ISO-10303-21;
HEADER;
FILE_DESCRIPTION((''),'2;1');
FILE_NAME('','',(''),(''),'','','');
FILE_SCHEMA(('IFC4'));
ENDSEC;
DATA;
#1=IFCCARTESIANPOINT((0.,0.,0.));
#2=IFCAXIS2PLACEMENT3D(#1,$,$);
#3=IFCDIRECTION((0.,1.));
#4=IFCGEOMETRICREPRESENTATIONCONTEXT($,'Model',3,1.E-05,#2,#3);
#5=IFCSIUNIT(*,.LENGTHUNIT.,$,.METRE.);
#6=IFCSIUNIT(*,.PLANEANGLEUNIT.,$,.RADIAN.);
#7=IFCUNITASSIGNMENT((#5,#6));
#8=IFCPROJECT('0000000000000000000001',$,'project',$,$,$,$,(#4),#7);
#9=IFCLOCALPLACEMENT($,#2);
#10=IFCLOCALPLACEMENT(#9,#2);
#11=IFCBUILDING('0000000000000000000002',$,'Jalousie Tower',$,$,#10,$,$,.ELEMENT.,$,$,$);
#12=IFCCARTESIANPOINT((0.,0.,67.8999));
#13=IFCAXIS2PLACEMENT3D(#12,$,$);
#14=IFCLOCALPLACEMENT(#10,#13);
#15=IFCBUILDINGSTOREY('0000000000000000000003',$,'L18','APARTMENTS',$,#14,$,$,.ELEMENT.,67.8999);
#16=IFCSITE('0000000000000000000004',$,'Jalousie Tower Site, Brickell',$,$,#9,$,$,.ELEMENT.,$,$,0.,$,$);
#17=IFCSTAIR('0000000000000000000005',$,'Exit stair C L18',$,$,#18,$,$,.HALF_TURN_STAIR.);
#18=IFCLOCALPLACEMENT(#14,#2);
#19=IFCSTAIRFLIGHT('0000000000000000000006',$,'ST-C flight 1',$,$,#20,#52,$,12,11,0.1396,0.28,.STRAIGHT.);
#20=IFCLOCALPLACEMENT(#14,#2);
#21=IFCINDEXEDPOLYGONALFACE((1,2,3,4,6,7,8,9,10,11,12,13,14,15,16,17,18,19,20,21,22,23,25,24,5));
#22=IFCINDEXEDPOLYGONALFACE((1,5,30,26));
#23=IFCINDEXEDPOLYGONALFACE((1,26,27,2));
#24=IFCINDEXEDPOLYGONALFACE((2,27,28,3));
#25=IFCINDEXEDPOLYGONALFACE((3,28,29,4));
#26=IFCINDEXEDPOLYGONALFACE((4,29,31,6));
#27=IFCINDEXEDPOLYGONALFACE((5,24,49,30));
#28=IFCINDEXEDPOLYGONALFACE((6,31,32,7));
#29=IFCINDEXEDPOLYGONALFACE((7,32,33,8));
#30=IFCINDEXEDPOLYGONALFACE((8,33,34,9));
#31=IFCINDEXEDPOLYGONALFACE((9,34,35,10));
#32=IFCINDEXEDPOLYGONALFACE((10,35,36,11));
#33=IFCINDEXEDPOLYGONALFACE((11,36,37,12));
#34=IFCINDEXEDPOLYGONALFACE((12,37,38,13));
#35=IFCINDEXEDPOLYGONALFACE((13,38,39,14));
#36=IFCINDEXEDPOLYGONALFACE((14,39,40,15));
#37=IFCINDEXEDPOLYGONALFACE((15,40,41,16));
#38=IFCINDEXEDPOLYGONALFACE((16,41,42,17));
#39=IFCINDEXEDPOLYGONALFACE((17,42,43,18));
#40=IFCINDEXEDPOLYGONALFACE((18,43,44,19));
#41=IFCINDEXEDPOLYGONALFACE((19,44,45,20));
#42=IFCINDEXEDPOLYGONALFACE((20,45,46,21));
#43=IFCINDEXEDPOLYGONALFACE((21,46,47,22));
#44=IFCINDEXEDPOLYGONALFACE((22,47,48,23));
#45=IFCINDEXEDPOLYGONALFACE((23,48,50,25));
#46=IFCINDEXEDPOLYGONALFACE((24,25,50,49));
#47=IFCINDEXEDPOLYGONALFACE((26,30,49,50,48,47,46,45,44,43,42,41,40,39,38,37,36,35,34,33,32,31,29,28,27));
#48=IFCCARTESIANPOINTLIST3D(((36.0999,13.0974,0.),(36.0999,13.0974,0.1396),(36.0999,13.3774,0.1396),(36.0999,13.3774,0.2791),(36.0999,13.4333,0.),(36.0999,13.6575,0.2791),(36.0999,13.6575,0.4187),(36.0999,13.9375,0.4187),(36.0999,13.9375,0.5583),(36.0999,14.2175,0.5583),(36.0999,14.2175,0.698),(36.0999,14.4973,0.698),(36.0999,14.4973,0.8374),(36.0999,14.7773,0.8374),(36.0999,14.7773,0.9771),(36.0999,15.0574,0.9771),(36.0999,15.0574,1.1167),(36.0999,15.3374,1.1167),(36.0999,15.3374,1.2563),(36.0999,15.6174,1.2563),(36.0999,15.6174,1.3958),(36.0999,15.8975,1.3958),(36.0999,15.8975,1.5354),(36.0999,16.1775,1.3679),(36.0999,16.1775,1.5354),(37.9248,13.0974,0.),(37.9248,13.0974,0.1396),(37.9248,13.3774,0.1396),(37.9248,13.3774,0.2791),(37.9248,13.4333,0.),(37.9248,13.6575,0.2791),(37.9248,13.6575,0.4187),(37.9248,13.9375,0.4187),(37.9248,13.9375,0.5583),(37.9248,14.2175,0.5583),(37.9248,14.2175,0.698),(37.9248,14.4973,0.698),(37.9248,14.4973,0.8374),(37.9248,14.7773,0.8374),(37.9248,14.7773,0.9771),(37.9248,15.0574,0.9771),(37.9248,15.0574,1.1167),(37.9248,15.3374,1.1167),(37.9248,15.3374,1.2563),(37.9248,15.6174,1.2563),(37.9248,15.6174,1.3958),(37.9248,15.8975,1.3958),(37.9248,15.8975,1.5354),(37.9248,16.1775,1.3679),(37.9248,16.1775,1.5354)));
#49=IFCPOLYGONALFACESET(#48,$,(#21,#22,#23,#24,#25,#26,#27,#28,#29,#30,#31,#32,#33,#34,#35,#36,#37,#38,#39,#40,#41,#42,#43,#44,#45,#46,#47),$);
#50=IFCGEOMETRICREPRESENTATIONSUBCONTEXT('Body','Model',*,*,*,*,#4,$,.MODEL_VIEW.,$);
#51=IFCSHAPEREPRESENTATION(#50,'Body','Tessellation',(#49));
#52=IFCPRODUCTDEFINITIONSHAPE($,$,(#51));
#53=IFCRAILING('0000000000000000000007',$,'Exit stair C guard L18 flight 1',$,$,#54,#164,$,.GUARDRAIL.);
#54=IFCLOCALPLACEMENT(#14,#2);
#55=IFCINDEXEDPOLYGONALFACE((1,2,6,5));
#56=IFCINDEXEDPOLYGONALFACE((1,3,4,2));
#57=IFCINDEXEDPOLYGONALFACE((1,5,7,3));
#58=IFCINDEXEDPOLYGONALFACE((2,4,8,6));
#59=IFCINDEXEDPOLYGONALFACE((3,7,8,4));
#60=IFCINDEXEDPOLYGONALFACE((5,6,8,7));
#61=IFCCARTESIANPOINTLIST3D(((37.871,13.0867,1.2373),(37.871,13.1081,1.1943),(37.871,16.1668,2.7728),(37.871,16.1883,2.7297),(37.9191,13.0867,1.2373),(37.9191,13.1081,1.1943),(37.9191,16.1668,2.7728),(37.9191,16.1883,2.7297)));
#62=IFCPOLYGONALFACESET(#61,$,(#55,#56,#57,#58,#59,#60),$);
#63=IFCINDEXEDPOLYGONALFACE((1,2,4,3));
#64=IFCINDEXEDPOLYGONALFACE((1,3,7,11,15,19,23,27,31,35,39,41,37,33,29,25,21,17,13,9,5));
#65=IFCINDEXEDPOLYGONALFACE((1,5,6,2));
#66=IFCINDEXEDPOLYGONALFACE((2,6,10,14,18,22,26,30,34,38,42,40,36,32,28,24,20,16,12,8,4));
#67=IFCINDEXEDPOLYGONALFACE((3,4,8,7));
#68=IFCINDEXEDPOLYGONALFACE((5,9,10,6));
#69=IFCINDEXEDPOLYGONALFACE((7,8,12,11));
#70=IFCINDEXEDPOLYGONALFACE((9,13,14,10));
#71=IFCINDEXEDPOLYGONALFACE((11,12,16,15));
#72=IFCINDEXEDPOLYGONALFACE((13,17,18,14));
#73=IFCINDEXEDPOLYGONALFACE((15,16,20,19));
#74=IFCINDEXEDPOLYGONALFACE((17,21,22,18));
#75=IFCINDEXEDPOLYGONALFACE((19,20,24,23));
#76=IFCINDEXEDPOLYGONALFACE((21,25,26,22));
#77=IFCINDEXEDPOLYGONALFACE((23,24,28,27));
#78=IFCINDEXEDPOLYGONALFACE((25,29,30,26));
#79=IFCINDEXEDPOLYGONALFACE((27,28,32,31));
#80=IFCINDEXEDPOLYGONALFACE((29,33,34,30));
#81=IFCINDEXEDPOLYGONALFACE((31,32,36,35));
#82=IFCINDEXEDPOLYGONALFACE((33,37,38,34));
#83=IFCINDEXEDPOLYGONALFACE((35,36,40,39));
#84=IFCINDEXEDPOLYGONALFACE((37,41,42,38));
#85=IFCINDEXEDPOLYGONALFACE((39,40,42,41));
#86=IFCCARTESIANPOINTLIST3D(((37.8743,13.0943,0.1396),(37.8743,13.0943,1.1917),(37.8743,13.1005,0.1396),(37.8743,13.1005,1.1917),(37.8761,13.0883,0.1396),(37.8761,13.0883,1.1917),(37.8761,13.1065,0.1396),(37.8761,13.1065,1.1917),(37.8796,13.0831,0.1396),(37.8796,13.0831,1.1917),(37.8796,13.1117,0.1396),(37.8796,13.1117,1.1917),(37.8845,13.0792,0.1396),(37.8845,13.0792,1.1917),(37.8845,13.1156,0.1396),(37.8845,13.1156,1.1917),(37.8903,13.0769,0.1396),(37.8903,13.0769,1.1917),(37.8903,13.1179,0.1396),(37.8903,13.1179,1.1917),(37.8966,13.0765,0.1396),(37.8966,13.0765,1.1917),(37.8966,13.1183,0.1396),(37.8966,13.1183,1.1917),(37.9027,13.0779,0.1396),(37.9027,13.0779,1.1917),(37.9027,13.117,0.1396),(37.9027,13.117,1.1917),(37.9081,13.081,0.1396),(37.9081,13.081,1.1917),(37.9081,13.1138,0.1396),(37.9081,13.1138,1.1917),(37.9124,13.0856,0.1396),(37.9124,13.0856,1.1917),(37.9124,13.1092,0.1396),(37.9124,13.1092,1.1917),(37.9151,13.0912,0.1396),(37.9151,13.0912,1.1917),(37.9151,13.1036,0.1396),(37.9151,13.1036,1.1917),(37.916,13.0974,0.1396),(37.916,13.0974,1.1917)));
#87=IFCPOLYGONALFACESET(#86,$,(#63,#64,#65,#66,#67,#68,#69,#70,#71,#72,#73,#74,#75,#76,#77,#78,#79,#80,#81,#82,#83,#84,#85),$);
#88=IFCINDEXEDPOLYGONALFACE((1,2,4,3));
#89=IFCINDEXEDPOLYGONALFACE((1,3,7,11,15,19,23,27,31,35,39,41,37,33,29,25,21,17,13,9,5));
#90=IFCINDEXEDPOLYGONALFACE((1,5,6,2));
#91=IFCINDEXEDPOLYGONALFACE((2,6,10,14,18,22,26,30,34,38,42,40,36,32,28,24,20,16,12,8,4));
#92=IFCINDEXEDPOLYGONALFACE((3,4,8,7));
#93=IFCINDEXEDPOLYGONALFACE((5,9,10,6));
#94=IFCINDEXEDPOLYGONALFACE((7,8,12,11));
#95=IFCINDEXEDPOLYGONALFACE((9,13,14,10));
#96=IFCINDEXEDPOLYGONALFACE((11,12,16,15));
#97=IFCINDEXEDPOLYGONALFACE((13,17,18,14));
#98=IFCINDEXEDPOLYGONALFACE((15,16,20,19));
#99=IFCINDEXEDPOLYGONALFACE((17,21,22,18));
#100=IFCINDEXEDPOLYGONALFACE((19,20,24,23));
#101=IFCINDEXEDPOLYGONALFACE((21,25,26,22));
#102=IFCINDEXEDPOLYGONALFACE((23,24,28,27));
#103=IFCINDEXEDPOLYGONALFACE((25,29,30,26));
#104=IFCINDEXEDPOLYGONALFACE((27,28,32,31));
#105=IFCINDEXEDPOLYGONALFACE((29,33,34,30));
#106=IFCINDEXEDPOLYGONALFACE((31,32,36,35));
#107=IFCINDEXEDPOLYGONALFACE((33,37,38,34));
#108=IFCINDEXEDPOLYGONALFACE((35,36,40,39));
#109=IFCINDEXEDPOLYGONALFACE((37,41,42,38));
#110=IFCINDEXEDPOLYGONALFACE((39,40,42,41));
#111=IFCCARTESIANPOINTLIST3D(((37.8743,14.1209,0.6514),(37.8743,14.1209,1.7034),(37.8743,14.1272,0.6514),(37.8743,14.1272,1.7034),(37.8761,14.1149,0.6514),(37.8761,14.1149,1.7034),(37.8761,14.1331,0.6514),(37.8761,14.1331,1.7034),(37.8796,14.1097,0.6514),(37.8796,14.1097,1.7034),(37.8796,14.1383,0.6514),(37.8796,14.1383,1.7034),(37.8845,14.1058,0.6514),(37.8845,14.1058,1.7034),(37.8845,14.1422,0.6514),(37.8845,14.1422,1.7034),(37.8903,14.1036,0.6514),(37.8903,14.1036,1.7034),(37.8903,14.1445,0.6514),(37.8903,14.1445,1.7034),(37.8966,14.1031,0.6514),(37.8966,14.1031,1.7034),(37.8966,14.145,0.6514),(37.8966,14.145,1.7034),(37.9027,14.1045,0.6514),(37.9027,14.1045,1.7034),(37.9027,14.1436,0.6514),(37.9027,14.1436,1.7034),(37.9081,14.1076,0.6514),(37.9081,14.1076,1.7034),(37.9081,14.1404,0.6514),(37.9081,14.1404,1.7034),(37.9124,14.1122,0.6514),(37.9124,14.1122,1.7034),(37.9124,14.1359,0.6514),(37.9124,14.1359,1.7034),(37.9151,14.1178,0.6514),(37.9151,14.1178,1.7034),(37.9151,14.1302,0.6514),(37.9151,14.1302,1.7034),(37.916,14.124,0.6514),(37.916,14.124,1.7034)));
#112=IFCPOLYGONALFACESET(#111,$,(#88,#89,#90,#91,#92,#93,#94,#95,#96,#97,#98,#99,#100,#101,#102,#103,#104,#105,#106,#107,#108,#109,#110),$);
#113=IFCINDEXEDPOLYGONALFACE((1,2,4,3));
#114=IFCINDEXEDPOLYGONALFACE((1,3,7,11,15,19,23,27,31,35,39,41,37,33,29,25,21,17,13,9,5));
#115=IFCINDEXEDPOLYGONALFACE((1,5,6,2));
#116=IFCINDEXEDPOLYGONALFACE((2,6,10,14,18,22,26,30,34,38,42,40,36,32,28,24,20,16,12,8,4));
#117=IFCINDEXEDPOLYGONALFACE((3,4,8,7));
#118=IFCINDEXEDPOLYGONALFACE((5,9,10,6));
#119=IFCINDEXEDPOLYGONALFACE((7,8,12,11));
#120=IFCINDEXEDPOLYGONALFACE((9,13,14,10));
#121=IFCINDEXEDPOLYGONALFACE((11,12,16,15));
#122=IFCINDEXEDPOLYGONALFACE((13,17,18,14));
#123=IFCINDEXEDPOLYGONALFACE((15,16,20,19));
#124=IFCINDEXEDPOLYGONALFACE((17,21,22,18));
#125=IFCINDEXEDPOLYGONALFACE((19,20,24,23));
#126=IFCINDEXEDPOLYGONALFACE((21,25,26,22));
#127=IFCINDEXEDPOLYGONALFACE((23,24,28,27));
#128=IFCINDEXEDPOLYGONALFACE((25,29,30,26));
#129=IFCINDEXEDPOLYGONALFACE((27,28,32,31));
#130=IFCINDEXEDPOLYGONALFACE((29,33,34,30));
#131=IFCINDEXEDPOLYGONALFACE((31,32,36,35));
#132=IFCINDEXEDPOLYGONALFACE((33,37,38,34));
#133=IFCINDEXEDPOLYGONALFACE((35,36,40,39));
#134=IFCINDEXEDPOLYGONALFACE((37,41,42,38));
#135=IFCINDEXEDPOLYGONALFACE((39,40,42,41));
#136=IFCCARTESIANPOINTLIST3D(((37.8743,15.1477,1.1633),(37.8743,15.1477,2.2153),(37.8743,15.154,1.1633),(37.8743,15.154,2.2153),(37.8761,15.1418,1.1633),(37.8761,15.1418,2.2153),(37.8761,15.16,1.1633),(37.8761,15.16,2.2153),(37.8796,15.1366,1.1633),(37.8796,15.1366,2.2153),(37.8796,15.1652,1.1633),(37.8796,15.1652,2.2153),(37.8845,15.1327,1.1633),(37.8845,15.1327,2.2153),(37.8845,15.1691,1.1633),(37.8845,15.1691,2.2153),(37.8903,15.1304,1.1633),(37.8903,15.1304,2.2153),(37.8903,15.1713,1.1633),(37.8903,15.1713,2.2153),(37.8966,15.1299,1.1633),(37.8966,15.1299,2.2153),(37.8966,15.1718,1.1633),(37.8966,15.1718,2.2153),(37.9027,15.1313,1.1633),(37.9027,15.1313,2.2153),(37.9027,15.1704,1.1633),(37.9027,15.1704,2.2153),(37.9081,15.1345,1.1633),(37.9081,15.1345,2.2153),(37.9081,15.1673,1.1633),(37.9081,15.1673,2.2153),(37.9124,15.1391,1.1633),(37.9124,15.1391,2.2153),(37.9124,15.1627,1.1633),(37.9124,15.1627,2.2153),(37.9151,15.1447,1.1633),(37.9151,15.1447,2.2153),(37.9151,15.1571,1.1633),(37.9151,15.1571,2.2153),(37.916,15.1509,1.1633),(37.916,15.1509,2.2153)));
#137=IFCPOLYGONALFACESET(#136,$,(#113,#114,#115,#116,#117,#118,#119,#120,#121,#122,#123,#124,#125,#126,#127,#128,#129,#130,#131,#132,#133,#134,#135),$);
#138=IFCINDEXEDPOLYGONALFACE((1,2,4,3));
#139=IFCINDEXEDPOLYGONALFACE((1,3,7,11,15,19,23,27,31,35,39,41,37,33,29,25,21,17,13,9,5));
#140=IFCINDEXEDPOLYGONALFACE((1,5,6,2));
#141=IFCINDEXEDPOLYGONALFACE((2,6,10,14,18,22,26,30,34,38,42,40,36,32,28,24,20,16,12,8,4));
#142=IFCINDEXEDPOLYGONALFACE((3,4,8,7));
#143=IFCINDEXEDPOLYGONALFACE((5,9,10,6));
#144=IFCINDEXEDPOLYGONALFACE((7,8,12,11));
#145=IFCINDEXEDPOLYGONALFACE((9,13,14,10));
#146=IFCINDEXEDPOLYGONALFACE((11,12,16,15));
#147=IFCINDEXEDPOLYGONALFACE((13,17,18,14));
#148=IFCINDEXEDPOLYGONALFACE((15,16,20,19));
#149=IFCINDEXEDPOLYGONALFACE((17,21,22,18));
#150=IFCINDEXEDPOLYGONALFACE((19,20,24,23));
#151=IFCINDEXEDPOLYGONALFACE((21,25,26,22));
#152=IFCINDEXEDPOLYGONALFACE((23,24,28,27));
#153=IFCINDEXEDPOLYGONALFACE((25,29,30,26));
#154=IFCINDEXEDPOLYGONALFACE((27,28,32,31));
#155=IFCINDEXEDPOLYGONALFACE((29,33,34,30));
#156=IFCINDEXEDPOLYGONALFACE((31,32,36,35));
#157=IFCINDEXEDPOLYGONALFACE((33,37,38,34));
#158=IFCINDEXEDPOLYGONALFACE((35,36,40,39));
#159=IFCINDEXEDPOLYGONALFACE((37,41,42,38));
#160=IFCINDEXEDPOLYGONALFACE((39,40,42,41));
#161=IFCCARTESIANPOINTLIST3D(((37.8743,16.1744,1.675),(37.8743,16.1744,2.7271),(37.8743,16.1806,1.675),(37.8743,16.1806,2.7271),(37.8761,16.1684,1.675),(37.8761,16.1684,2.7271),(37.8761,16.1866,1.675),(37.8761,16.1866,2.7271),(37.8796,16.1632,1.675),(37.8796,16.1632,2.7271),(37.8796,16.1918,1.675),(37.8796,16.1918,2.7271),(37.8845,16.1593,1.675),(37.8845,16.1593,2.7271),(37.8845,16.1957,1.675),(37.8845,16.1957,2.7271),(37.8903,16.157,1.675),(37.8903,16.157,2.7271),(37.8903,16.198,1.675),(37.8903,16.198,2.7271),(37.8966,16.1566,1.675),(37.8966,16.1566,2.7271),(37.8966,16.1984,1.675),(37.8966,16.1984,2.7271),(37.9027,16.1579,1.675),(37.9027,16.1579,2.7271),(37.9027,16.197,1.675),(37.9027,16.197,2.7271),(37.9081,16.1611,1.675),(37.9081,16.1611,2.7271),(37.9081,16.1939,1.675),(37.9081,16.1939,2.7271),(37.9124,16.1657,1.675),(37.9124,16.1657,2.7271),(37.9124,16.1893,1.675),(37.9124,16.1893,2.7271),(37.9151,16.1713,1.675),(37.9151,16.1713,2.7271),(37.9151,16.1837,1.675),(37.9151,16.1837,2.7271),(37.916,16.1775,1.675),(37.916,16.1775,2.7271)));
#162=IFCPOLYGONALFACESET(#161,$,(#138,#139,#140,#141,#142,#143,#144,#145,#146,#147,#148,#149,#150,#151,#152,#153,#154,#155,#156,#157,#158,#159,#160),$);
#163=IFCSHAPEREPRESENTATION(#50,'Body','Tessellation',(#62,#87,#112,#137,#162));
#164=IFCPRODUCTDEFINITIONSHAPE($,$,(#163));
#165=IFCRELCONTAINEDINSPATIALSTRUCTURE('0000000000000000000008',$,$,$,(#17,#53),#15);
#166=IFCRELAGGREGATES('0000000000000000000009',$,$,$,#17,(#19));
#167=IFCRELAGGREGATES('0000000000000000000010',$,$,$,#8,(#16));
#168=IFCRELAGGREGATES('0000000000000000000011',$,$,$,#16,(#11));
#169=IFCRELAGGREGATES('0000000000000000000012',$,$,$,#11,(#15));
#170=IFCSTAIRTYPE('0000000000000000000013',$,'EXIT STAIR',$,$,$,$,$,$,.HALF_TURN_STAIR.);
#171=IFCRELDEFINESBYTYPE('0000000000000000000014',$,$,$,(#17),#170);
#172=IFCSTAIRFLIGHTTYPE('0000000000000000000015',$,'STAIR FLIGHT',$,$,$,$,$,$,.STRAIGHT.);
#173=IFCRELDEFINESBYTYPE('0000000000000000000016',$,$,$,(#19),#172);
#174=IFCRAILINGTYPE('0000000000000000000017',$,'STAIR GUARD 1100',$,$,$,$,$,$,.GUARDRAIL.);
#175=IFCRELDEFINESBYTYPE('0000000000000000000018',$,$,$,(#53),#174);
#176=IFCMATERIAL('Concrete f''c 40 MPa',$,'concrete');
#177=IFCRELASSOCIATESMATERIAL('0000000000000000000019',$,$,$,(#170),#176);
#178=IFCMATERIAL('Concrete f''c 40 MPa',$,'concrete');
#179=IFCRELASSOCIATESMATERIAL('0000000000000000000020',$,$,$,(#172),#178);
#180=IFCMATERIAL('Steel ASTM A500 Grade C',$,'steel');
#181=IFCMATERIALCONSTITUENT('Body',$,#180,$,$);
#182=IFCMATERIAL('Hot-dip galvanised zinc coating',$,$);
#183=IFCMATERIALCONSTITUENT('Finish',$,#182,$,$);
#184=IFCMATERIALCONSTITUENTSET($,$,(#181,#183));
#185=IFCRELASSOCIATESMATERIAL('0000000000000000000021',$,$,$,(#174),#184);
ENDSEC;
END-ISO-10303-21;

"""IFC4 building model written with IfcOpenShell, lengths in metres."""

from ifc_helpers import new_model, si_unit, direction, frame, origin, origin_2d, place, context, subcontext, project, spatial, polyline, rectangle, circle, outline, extrude, material, constituent, constituent_set, type_object, element, aggregate, save


model = new_model("IFC4")

# Units and contexts
model_context = context("Model", 3, precision=1e-05, world=origin(), true_north=direction((0.0, 1.0)))
body_context = subcontext(model_context, "Body", "Model", "MODEL_VIEW")
ifc_project = project(units=[si_unit("LENGTHUNIT", "METRE"), si_unit("PLANEANGLEUNIT", "RADIAN")], contexts=[model_context])

# Site, building, storey
site_placement = place(None, origin())
site = spatial("IfcSite", under=ifc_project, at=site_placement, Name="Jalousie Tower Site, Brickell", CompositionType="ELEMENT", RefElevation=0.0)
building_placement = place(site_placement, origin())
building = spatial("IfcBuilding", under=site, at=building_placement, Name="Jalousie Tower", CompositionType="ELEMENT")
storey_placement = place(building_placement, frame((0.0, 0.0, 67.8999)))
storey = spatial("IfcBuildingStorey", under=building, at=storey_placement, Name="L18", Description="APARTMENTS", CompositionType="ELEMENT", Elevation=67.8999)

# Stair, stair flight
ifc_material_1 = material(Name="Concrete f'c 40 MPa", Category="concrete")
stair_type = type_object("IfcStairType", Name="EXIT STAIR", PredefinedType="HALF_TURN_STAIR", material=ifc_material_1)
stair_placement = place(storey_placement, origin())
stair = element("IfcStair", 1, at=stair_placement, inside=storey, type_object=stair_type, Name="Exit stair C L18", PredefinedType="HALF_TURN_STAIR")
ifc_material_2 = material(Name="Concrete f'c 40 MPa", Category="concrete")
stair_flight_type = type_object("IfcStairFlightType", Name="STAIR FLIGHT", PredefinedType="STRAIGHT", material=ifc_material_2)
stair_flight_placement = place(storey_placement, frame((37.0125, 13.0974, 0.0), z_axis=(0.0, 0.0, 1.0), x_axis=(0.0, 1.0, 0.0)))
stair_flight = element("IfcStairFlight", 2, at=stair_flight_placement, type_object=stair_flight_type, Name="ST-C flight 1", NumberOfRisers=12, NumberOfTreads=11, PredefinedType="STRAIGHT", RiserHeight=0.1396, TreadLength=0.28, context=body_context, shape_type="SweptSolid", body=[
    extrude(outline(polyline([(0.0, 0.0), (0.0, 0.1396), (0.28, 0.1396), (0.28, 0.2791), (0.5601, 0.2791), (0.5601, 0.4187), (0.8401, 0.4187), (0.8401, 0.5583), (1.1201, 0.5583), (1.1201, 0.698), (1.3999, 0.698), (1.3999, 0.8374), (1.6799, 0.8374), (1.6799, 0.9771), (1.96, 0.9771), (1.96, 1.1167), (2.24, 1.1167), (2.24, 1.2563), (2.52, 1.2563), (2.52, 1.3958), (2.8, 1.3958), (2.8, 1.5354), (3.0801, 1.5354), (3.0801, 1.675), (3.0801, 1.3679), (0.3359, 0.0), (0.0, 0.0)])), frame((0.0, 0.9126, 0.0), z_axis=(0.0, -1.0, 0.0), x_axis=(1.0, 0.0, 0.0)), (0.0, 0.0, 1.0), 1.825),
])
aggregate(stair, [stair_flight])

# Railing
ifc_material_3 = material(Name="Steel ASTM A500 Grade C", Category="steel")
ifc_constituent_1 = constituent(ifc_material_3, Name="Body")
ifc_material_4 = material(Name="Hot-dip galvanised zinc coating")
ifc_constituent_2 = constituent(ifc_material_4, Name="Finish")
ifc_constituent_set_1 = constituent_set(constituents=[ifc_constituent_1, ifc_constituent_2])
railing_type_1 = type_object("IfcRailingType", Name="STAIR GUARD 1100", PredefinedType="GUARDRAIL", material=ifc_constituent_set_1)
railing_1_placement = place(storey_placement, frame((37.895, 13.0974, 0.1396)))
element("IfcRailing", 3, at=railing_1_placement, inside=storey, type_object=railing_type_1, Name="Exit stair C guard L18 flight 1", PredefinedType="GUARDRAIL", context=body_context, shape_type="SweptSolid", body=[
    extrude(rectangle(XDim=0.0481, YDim=0.0481, at=origin_2d()), frame((0.0, 0.0, 1.0762), z_axis=(0.0, 0.894966, 0.446135), x_axis=(-1.0, 0.0, 0.0)), (0.0, 0.0, 1.0), 3.4417),
    extrude(circle(Radius=0.021, at=origin_2d()), origin(), (0.0, 0.0, 1.0), 1.052),
    extrude(circle(Radius=0.021, at=origin_2d()), frame((0.0, 1.0266, 0.5117)), (0.0, 0.0, 1.0), 1.052),
    extrude(circle(Radius=0.021, at=origin_2d()), frame((0.0, 2.0535, 1.0237)), (0.0, 0.0, 1.0), 1.052),
    extrude(circle(Radius=0.021, at=origin_2d()), frame((0.0, 3.0801, 1.5354)), (0.0, 0.0, 1.0), 1.052),
])

save(model, "model.ifc")
